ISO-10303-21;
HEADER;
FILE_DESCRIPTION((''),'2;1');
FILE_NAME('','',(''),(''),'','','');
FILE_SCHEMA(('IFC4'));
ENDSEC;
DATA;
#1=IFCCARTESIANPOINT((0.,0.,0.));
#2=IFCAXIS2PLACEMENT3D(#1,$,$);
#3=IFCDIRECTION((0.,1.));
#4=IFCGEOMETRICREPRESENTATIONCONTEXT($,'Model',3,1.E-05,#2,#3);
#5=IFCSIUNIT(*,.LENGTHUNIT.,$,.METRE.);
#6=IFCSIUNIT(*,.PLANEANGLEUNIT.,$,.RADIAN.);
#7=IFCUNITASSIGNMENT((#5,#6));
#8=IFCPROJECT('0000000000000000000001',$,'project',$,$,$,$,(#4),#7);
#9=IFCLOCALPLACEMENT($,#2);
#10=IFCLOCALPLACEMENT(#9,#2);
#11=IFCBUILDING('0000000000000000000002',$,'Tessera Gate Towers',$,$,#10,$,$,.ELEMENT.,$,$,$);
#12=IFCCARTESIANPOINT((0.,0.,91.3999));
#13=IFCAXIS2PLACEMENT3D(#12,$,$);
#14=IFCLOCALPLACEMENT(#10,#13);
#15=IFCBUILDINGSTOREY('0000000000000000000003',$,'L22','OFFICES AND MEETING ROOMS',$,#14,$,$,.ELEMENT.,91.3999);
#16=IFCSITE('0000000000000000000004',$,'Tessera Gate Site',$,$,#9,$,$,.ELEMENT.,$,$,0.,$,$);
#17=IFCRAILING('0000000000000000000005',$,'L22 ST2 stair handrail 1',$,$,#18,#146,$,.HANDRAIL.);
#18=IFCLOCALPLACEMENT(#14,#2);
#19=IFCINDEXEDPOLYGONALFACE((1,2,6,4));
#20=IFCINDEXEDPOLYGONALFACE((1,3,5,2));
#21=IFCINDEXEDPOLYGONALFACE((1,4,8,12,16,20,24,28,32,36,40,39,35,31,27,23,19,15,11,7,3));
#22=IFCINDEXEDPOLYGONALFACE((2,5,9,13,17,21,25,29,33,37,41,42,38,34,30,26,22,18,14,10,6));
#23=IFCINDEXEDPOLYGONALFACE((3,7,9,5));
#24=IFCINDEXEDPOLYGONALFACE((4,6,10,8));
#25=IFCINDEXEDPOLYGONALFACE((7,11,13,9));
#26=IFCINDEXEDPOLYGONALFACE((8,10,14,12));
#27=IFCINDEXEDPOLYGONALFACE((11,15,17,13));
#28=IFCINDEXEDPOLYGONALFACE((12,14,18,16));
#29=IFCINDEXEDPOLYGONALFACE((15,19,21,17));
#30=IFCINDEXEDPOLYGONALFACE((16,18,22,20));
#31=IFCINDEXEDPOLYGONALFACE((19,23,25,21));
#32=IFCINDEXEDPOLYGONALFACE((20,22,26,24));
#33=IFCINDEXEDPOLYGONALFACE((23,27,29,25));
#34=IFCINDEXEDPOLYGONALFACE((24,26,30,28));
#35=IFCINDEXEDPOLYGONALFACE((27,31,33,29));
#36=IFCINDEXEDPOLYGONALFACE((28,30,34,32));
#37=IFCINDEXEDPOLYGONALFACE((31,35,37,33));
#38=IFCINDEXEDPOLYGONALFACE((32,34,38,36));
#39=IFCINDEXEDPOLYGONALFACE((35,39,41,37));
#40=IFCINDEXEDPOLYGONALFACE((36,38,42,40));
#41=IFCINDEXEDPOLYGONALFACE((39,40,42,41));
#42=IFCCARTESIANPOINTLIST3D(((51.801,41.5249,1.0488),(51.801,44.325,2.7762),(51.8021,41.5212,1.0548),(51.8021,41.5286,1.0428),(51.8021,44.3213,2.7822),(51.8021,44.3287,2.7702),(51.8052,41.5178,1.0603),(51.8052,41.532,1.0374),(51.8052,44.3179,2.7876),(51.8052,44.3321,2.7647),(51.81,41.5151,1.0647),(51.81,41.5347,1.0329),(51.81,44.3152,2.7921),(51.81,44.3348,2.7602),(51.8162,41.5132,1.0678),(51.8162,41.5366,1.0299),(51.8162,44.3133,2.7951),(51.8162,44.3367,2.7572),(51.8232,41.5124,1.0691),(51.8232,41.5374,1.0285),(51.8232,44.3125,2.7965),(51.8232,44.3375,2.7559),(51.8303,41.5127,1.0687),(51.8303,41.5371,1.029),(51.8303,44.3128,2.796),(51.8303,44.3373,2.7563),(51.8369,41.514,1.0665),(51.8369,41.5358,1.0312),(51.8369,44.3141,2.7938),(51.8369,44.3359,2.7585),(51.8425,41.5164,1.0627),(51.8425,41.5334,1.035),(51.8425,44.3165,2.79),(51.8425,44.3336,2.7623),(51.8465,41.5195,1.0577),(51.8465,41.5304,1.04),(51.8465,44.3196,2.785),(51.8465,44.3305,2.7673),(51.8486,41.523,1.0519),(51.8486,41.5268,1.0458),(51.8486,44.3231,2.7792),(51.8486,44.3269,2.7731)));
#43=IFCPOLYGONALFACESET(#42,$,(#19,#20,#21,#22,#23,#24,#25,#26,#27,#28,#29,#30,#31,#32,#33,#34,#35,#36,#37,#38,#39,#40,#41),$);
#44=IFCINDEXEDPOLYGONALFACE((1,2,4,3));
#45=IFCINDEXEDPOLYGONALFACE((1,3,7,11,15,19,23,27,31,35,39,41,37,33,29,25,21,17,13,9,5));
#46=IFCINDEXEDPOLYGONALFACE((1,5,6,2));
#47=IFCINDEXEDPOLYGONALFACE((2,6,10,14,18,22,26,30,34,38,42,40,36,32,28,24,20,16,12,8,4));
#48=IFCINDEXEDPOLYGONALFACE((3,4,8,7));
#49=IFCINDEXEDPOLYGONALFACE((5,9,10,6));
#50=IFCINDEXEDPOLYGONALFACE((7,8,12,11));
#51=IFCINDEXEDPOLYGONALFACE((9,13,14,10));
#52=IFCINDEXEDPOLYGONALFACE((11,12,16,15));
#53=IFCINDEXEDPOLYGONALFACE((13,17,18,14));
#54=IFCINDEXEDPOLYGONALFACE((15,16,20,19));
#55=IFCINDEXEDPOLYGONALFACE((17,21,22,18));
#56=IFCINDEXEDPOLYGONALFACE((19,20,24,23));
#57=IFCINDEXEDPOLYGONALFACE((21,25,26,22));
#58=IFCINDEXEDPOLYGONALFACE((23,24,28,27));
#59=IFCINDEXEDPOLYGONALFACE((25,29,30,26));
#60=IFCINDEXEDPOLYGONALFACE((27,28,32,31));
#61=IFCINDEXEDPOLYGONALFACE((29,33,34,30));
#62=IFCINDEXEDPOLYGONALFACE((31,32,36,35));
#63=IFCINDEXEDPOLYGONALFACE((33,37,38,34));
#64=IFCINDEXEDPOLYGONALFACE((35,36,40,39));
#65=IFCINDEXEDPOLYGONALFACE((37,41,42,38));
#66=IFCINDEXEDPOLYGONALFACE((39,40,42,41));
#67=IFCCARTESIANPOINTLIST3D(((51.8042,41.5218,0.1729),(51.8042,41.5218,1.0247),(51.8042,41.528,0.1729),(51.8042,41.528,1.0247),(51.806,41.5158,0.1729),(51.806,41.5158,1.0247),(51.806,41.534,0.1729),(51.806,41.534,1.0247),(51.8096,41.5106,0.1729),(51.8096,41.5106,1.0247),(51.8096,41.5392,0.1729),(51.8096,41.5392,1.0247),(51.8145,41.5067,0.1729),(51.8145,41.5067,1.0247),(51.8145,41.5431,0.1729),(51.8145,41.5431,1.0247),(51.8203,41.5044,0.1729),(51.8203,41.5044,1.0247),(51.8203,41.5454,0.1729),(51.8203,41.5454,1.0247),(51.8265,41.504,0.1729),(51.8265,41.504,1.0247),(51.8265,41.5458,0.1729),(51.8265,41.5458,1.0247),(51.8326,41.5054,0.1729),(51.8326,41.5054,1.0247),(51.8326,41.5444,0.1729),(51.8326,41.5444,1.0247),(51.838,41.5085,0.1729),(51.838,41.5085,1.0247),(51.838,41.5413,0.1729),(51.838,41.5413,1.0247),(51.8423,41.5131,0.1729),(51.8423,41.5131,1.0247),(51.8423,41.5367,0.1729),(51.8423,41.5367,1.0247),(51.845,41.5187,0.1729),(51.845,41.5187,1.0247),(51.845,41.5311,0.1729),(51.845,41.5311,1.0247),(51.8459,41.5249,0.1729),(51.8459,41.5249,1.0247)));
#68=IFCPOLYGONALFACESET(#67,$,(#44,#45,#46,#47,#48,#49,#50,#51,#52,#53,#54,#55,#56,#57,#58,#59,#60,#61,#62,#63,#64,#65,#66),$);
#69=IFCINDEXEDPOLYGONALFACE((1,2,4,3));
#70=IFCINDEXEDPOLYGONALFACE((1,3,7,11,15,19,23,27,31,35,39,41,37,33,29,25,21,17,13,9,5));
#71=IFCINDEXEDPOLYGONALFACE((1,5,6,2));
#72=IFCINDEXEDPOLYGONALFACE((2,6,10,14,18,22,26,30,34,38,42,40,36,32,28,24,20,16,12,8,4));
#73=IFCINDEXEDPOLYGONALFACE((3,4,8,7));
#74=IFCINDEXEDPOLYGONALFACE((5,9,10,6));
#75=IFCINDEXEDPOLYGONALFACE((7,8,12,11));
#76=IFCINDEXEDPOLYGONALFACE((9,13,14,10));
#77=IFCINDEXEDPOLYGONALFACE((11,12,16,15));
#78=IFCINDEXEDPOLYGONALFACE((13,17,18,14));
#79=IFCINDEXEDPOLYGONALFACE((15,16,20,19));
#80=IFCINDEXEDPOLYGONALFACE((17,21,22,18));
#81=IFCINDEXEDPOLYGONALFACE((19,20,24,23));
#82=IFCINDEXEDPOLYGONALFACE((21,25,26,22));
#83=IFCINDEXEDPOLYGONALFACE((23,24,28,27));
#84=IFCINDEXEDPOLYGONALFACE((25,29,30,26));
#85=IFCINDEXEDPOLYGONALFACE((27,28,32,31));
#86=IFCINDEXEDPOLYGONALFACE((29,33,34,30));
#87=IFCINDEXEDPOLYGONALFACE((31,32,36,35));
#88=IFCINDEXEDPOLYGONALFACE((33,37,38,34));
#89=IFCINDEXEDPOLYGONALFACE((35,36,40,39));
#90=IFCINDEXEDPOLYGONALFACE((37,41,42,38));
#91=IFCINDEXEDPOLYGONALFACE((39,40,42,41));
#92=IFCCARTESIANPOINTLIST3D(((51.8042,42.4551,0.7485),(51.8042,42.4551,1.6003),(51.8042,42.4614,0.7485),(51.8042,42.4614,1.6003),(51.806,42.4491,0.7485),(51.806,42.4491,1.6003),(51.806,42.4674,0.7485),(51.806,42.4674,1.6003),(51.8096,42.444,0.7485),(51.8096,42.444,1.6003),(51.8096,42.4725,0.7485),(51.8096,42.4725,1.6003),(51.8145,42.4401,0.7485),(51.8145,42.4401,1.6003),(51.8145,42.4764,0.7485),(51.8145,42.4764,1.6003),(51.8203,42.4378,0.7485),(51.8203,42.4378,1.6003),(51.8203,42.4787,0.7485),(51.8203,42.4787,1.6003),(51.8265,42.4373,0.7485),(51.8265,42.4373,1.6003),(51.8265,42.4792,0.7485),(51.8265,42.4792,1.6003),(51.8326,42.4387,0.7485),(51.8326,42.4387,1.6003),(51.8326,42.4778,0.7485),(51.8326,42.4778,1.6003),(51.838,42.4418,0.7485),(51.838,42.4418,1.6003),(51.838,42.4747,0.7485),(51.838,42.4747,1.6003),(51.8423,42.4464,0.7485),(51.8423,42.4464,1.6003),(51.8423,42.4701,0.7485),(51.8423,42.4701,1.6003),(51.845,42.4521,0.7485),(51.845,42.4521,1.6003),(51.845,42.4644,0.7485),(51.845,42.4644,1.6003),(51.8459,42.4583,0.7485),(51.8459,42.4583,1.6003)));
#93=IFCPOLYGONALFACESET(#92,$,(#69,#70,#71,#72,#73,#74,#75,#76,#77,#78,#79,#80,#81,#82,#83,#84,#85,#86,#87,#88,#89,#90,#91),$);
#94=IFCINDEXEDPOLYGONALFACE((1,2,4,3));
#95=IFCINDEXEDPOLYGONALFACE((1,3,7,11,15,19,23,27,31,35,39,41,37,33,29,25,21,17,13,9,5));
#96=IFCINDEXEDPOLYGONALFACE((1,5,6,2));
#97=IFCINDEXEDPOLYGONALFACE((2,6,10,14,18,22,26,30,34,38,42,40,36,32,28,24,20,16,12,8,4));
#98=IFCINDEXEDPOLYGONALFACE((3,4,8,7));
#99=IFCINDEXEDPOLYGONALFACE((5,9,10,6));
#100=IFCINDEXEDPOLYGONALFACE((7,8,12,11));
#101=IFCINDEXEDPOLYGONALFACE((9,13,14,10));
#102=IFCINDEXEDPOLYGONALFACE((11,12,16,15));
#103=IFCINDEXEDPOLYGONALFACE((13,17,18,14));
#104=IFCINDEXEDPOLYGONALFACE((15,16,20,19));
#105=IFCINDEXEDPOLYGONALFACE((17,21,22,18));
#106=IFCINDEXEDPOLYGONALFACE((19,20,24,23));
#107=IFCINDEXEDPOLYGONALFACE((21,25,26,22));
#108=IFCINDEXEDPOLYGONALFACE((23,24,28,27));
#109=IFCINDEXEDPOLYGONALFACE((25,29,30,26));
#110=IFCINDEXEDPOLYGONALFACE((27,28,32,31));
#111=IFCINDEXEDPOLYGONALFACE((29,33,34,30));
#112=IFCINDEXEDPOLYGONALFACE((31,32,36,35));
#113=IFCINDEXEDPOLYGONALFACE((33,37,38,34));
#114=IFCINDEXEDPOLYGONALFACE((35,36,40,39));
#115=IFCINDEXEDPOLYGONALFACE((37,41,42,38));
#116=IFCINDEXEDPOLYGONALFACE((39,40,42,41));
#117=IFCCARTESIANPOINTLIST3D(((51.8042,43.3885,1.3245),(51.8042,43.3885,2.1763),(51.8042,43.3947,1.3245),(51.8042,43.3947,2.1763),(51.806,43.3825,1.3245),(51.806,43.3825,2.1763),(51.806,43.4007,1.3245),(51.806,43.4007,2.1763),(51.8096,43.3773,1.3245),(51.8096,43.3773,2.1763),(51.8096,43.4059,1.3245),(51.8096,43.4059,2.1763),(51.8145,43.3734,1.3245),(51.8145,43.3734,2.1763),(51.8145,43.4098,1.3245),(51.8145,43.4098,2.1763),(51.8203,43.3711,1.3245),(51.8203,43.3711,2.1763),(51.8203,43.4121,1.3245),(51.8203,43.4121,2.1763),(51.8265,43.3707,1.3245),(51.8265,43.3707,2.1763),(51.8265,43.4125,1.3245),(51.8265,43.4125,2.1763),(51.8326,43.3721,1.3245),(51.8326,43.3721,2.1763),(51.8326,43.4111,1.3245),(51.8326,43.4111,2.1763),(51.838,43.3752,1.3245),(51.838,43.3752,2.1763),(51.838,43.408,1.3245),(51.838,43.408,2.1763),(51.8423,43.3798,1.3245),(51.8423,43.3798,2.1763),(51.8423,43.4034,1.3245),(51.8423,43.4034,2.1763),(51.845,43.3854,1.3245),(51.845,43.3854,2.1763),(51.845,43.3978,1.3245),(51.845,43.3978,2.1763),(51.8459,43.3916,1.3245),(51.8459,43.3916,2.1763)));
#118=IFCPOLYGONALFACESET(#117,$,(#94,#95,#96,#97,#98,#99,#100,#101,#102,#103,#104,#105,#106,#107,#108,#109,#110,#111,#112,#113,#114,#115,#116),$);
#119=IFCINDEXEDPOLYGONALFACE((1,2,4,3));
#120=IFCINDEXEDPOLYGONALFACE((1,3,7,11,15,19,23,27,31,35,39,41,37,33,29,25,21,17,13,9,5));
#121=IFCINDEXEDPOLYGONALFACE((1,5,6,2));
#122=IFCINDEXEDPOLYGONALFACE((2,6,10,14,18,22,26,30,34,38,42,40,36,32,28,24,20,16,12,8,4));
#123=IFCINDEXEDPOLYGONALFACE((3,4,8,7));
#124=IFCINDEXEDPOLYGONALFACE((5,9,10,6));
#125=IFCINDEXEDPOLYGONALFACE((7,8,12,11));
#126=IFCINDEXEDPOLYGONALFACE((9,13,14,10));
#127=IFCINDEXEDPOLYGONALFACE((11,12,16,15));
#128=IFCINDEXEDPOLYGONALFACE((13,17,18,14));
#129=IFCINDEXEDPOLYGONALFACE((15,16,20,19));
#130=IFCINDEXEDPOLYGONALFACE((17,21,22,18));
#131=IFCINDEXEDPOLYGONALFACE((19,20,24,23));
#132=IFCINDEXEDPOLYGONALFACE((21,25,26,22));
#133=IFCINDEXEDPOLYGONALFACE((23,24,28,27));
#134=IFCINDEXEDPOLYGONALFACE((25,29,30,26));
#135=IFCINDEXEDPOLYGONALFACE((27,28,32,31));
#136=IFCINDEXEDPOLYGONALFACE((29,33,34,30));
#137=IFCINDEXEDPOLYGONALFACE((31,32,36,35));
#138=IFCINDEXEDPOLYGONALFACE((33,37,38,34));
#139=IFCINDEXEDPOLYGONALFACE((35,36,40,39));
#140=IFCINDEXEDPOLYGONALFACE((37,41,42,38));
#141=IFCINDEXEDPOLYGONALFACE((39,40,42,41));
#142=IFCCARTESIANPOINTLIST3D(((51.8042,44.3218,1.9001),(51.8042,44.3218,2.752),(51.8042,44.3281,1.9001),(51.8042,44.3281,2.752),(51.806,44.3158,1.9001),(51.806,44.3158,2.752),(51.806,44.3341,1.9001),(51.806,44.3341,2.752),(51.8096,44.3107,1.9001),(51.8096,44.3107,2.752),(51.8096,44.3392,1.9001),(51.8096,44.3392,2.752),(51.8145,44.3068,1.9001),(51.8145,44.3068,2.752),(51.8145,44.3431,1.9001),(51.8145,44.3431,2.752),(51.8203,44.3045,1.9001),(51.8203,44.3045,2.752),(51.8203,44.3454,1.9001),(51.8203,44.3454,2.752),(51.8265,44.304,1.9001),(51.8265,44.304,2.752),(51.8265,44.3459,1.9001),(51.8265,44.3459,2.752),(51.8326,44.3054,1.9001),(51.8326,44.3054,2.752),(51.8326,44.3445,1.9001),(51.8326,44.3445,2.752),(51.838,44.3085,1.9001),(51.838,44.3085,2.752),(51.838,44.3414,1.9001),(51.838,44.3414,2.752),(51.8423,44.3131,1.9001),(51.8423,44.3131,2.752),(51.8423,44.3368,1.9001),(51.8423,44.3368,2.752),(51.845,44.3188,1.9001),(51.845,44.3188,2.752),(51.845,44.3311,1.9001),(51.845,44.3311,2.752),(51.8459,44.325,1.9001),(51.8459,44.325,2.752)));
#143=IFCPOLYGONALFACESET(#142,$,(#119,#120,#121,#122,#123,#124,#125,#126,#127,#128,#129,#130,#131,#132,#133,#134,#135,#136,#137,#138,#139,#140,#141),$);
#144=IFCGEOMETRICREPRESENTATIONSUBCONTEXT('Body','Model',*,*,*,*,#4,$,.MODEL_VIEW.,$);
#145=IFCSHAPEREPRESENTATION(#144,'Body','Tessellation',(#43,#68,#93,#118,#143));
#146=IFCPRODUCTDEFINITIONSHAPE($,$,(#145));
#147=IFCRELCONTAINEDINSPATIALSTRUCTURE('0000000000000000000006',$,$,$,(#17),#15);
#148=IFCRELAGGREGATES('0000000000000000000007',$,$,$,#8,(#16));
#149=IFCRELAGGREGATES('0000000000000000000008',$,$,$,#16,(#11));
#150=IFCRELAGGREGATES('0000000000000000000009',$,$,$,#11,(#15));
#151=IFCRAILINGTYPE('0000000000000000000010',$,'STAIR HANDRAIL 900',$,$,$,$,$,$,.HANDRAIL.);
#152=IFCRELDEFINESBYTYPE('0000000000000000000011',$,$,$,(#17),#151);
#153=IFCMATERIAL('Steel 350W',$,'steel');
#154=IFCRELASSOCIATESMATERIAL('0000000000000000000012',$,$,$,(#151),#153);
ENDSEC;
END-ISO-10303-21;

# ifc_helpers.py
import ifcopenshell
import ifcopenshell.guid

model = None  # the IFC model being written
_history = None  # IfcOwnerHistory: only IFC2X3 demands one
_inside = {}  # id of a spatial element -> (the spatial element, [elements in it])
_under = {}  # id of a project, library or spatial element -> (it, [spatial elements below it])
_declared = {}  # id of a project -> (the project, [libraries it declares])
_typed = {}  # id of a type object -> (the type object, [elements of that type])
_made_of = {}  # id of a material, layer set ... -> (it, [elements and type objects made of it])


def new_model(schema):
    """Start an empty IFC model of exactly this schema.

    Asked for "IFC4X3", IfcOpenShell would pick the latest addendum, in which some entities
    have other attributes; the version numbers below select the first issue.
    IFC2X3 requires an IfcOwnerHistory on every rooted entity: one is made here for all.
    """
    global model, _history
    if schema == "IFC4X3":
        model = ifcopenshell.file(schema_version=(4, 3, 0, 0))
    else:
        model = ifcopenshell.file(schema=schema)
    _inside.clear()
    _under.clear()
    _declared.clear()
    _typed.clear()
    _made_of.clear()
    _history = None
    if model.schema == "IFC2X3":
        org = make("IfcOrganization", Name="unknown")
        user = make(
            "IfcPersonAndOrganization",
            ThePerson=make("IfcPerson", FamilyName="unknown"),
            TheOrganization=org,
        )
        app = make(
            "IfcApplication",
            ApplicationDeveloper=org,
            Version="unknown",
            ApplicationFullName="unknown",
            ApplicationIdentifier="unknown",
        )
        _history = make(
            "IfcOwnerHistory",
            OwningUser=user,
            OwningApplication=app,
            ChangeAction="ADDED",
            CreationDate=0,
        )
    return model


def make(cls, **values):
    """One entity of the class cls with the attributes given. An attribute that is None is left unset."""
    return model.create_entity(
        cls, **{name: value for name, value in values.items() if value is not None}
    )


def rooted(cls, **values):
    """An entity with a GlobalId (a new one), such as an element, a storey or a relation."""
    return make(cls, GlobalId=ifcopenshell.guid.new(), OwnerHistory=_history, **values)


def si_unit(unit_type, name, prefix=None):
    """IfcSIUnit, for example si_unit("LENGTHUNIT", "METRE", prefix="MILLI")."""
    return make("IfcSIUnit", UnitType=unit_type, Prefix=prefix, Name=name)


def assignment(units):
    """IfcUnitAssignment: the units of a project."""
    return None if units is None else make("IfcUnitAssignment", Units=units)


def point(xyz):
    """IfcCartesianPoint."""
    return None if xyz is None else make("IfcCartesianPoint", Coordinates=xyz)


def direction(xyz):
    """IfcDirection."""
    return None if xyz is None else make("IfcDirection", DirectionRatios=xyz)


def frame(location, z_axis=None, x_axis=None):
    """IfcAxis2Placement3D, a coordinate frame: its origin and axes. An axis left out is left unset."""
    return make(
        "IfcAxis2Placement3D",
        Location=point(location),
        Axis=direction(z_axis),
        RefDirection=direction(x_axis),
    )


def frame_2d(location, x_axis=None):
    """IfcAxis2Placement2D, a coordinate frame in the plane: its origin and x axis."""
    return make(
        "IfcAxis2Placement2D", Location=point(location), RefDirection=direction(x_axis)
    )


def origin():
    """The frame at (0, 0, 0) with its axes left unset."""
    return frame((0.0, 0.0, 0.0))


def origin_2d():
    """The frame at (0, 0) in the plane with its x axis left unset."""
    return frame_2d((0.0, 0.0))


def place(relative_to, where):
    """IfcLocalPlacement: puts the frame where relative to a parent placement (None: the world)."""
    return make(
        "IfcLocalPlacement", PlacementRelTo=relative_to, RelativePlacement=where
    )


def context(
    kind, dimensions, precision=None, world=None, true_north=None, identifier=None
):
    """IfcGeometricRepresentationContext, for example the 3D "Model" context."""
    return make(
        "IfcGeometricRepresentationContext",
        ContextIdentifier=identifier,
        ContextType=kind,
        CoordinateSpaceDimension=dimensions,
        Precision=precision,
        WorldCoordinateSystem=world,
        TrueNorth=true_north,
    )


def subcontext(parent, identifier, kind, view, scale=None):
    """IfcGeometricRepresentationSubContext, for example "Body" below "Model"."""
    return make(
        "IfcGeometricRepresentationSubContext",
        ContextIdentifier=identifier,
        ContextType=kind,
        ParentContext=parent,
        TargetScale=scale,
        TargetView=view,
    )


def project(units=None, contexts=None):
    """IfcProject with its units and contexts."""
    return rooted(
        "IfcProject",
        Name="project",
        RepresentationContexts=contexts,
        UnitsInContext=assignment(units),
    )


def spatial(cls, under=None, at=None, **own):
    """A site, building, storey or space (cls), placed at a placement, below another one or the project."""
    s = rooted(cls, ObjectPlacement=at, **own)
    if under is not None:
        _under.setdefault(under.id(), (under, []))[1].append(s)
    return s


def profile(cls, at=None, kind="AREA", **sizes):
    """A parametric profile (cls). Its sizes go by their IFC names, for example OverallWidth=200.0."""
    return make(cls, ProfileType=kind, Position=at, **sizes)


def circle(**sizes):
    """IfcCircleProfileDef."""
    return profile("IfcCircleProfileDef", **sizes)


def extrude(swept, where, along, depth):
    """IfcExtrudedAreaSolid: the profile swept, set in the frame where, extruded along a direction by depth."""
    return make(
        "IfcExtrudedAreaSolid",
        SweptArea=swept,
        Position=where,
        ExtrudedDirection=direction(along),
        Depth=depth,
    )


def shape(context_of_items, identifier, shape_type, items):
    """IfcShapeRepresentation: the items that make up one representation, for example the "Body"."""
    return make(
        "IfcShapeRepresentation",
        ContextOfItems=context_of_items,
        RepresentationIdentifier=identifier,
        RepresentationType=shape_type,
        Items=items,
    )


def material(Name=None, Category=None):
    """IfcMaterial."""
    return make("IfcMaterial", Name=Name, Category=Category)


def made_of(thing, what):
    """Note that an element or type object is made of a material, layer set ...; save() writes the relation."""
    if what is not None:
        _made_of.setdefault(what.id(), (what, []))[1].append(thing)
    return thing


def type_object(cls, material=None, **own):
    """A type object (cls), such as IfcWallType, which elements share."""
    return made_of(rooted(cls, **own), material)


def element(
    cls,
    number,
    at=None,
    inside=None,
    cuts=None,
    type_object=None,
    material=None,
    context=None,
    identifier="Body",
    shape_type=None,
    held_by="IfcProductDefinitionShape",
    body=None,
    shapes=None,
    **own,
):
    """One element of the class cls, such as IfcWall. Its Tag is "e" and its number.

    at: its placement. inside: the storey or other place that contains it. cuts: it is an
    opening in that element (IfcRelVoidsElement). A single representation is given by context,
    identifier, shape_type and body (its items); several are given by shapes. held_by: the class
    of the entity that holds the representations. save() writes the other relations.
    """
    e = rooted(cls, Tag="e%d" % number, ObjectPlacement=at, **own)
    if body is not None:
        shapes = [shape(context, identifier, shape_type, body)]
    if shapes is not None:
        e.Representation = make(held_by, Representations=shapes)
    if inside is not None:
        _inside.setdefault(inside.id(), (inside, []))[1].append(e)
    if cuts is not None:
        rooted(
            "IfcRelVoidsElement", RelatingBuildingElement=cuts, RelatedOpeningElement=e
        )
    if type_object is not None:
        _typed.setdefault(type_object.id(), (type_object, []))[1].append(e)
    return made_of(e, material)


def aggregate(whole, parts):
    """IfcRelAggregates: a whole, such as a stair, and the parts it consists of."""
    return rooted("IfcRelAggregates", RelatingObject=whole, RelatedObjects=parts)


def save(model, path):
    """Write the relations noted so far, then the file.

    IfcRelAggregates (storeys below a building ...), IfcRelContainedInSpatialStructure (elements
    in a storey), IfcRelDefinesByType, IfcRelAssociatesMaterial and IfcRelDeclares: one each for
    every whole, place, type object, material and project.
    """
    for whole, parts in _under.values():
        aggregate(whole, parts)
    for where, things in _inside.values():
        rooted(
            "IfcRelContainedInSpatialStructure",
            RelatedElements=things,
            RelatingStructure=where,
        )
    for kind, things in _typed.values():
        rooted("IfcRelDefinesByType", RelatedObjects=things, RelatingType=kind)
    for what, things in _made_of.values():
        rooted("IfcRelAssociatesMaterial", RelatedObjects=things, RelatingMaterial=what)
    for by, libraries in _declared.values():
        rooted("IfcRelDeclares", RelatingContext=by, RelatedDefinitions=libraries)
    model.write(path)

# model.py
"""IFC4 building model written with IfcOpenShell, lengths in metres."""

from ifc_helpers import new_model, si_unit, direction, frame, origin, origin_2d, place, context, subcontext, project, spatial, circle, extrude, material, type_object, element, save


model = new_model("IFC4")

# Units and contexts
model_context = context("Model", 3, precision=1e-05, world=origin(), true_north=direction((0.0, 1.0)))
body_context = subcontext(model_context, "Body", "Model", "MODEL_VIEW")
ifc_project = project(units=[si_unit("LENGTHUNIT", "METRE"), si_unit("PLANEANGLEUNIT", "RADIAN")], contexts=[model_context])

# Site, building, storey
site_placement = place(None, origin())
site = spatial("IfcSite", under=ifc_project, at=site_placement, Name="Tessera Gate Site", CompositionType="ELEMENT", RefElevation=0.0)
building_placement = place(site_placement, origin())
building = spatial("IfcBuilding", under=site, at=building_placement, Name="Tessera Gate Towers", CompositionType="ELEMENT")
storey_placement = place(building_placement, frame((0.0, 0.0, 91.3999)))
storey = spatial("IfcBuildingStorey", under=building, at=storey_placement, Name="L22", Description="OFFICES AND MEETING ROOMS", CompositionType="ELEMENT", Elevation=91.3999)

# Railing
ifc_material_1 = material(Name="Steel 350W", Category="steel")
railing_type_1 = type_object("IfcRailingType", Name="STAIR HANDRAIL 900", PredefinedType="HANDRAIL", material=ifc_material_1)
railing_1_placement = place(storey_placement, frame((51.825, 41.5249, 0.1729)))
element("IfcRailing", 1, at=railing_1_placement, inside=storey, type_object=railing_type_1, Name="L22 ST2 stair handrail 1", PredefinedType="HANDRAIL", context=body_context, shape_type="SweptSolid", body=[
    extrude(circle(Radius=0.0239, at=origin_2d()), frame((0.0, 0.0, 0.876), z_axis=(0.0, 0.85109, 0.52502), x_axis=(-1.0, 0.0, 0.0)), (0.0, 0.0, 1.0), 3.29),
    extrude(circle(Radius=0.021, at=origin_2d()), origin(), (0.0, 0.0, 1.0), 0.8518),
    extrude(circle(Radius=0.021, at=origin_2d()), frame((0.0, 0.9333, 0.5757)), (0.0, 0.0, 1.0), 0.8518),
    extrude(circle(Radius=0.021, at=origin_2d()), frame((0.0, 1.8667, 1.1516)), (0.0, 0.0, 1.0), 0.8518),
    extrude(circle(Radius=0.021, at=origin_2d()), frame((0.0, 2.8, 1.7273)), (0.0, 0.0, 1.0), 0.8518),
])

save(model, "model.ifc")
